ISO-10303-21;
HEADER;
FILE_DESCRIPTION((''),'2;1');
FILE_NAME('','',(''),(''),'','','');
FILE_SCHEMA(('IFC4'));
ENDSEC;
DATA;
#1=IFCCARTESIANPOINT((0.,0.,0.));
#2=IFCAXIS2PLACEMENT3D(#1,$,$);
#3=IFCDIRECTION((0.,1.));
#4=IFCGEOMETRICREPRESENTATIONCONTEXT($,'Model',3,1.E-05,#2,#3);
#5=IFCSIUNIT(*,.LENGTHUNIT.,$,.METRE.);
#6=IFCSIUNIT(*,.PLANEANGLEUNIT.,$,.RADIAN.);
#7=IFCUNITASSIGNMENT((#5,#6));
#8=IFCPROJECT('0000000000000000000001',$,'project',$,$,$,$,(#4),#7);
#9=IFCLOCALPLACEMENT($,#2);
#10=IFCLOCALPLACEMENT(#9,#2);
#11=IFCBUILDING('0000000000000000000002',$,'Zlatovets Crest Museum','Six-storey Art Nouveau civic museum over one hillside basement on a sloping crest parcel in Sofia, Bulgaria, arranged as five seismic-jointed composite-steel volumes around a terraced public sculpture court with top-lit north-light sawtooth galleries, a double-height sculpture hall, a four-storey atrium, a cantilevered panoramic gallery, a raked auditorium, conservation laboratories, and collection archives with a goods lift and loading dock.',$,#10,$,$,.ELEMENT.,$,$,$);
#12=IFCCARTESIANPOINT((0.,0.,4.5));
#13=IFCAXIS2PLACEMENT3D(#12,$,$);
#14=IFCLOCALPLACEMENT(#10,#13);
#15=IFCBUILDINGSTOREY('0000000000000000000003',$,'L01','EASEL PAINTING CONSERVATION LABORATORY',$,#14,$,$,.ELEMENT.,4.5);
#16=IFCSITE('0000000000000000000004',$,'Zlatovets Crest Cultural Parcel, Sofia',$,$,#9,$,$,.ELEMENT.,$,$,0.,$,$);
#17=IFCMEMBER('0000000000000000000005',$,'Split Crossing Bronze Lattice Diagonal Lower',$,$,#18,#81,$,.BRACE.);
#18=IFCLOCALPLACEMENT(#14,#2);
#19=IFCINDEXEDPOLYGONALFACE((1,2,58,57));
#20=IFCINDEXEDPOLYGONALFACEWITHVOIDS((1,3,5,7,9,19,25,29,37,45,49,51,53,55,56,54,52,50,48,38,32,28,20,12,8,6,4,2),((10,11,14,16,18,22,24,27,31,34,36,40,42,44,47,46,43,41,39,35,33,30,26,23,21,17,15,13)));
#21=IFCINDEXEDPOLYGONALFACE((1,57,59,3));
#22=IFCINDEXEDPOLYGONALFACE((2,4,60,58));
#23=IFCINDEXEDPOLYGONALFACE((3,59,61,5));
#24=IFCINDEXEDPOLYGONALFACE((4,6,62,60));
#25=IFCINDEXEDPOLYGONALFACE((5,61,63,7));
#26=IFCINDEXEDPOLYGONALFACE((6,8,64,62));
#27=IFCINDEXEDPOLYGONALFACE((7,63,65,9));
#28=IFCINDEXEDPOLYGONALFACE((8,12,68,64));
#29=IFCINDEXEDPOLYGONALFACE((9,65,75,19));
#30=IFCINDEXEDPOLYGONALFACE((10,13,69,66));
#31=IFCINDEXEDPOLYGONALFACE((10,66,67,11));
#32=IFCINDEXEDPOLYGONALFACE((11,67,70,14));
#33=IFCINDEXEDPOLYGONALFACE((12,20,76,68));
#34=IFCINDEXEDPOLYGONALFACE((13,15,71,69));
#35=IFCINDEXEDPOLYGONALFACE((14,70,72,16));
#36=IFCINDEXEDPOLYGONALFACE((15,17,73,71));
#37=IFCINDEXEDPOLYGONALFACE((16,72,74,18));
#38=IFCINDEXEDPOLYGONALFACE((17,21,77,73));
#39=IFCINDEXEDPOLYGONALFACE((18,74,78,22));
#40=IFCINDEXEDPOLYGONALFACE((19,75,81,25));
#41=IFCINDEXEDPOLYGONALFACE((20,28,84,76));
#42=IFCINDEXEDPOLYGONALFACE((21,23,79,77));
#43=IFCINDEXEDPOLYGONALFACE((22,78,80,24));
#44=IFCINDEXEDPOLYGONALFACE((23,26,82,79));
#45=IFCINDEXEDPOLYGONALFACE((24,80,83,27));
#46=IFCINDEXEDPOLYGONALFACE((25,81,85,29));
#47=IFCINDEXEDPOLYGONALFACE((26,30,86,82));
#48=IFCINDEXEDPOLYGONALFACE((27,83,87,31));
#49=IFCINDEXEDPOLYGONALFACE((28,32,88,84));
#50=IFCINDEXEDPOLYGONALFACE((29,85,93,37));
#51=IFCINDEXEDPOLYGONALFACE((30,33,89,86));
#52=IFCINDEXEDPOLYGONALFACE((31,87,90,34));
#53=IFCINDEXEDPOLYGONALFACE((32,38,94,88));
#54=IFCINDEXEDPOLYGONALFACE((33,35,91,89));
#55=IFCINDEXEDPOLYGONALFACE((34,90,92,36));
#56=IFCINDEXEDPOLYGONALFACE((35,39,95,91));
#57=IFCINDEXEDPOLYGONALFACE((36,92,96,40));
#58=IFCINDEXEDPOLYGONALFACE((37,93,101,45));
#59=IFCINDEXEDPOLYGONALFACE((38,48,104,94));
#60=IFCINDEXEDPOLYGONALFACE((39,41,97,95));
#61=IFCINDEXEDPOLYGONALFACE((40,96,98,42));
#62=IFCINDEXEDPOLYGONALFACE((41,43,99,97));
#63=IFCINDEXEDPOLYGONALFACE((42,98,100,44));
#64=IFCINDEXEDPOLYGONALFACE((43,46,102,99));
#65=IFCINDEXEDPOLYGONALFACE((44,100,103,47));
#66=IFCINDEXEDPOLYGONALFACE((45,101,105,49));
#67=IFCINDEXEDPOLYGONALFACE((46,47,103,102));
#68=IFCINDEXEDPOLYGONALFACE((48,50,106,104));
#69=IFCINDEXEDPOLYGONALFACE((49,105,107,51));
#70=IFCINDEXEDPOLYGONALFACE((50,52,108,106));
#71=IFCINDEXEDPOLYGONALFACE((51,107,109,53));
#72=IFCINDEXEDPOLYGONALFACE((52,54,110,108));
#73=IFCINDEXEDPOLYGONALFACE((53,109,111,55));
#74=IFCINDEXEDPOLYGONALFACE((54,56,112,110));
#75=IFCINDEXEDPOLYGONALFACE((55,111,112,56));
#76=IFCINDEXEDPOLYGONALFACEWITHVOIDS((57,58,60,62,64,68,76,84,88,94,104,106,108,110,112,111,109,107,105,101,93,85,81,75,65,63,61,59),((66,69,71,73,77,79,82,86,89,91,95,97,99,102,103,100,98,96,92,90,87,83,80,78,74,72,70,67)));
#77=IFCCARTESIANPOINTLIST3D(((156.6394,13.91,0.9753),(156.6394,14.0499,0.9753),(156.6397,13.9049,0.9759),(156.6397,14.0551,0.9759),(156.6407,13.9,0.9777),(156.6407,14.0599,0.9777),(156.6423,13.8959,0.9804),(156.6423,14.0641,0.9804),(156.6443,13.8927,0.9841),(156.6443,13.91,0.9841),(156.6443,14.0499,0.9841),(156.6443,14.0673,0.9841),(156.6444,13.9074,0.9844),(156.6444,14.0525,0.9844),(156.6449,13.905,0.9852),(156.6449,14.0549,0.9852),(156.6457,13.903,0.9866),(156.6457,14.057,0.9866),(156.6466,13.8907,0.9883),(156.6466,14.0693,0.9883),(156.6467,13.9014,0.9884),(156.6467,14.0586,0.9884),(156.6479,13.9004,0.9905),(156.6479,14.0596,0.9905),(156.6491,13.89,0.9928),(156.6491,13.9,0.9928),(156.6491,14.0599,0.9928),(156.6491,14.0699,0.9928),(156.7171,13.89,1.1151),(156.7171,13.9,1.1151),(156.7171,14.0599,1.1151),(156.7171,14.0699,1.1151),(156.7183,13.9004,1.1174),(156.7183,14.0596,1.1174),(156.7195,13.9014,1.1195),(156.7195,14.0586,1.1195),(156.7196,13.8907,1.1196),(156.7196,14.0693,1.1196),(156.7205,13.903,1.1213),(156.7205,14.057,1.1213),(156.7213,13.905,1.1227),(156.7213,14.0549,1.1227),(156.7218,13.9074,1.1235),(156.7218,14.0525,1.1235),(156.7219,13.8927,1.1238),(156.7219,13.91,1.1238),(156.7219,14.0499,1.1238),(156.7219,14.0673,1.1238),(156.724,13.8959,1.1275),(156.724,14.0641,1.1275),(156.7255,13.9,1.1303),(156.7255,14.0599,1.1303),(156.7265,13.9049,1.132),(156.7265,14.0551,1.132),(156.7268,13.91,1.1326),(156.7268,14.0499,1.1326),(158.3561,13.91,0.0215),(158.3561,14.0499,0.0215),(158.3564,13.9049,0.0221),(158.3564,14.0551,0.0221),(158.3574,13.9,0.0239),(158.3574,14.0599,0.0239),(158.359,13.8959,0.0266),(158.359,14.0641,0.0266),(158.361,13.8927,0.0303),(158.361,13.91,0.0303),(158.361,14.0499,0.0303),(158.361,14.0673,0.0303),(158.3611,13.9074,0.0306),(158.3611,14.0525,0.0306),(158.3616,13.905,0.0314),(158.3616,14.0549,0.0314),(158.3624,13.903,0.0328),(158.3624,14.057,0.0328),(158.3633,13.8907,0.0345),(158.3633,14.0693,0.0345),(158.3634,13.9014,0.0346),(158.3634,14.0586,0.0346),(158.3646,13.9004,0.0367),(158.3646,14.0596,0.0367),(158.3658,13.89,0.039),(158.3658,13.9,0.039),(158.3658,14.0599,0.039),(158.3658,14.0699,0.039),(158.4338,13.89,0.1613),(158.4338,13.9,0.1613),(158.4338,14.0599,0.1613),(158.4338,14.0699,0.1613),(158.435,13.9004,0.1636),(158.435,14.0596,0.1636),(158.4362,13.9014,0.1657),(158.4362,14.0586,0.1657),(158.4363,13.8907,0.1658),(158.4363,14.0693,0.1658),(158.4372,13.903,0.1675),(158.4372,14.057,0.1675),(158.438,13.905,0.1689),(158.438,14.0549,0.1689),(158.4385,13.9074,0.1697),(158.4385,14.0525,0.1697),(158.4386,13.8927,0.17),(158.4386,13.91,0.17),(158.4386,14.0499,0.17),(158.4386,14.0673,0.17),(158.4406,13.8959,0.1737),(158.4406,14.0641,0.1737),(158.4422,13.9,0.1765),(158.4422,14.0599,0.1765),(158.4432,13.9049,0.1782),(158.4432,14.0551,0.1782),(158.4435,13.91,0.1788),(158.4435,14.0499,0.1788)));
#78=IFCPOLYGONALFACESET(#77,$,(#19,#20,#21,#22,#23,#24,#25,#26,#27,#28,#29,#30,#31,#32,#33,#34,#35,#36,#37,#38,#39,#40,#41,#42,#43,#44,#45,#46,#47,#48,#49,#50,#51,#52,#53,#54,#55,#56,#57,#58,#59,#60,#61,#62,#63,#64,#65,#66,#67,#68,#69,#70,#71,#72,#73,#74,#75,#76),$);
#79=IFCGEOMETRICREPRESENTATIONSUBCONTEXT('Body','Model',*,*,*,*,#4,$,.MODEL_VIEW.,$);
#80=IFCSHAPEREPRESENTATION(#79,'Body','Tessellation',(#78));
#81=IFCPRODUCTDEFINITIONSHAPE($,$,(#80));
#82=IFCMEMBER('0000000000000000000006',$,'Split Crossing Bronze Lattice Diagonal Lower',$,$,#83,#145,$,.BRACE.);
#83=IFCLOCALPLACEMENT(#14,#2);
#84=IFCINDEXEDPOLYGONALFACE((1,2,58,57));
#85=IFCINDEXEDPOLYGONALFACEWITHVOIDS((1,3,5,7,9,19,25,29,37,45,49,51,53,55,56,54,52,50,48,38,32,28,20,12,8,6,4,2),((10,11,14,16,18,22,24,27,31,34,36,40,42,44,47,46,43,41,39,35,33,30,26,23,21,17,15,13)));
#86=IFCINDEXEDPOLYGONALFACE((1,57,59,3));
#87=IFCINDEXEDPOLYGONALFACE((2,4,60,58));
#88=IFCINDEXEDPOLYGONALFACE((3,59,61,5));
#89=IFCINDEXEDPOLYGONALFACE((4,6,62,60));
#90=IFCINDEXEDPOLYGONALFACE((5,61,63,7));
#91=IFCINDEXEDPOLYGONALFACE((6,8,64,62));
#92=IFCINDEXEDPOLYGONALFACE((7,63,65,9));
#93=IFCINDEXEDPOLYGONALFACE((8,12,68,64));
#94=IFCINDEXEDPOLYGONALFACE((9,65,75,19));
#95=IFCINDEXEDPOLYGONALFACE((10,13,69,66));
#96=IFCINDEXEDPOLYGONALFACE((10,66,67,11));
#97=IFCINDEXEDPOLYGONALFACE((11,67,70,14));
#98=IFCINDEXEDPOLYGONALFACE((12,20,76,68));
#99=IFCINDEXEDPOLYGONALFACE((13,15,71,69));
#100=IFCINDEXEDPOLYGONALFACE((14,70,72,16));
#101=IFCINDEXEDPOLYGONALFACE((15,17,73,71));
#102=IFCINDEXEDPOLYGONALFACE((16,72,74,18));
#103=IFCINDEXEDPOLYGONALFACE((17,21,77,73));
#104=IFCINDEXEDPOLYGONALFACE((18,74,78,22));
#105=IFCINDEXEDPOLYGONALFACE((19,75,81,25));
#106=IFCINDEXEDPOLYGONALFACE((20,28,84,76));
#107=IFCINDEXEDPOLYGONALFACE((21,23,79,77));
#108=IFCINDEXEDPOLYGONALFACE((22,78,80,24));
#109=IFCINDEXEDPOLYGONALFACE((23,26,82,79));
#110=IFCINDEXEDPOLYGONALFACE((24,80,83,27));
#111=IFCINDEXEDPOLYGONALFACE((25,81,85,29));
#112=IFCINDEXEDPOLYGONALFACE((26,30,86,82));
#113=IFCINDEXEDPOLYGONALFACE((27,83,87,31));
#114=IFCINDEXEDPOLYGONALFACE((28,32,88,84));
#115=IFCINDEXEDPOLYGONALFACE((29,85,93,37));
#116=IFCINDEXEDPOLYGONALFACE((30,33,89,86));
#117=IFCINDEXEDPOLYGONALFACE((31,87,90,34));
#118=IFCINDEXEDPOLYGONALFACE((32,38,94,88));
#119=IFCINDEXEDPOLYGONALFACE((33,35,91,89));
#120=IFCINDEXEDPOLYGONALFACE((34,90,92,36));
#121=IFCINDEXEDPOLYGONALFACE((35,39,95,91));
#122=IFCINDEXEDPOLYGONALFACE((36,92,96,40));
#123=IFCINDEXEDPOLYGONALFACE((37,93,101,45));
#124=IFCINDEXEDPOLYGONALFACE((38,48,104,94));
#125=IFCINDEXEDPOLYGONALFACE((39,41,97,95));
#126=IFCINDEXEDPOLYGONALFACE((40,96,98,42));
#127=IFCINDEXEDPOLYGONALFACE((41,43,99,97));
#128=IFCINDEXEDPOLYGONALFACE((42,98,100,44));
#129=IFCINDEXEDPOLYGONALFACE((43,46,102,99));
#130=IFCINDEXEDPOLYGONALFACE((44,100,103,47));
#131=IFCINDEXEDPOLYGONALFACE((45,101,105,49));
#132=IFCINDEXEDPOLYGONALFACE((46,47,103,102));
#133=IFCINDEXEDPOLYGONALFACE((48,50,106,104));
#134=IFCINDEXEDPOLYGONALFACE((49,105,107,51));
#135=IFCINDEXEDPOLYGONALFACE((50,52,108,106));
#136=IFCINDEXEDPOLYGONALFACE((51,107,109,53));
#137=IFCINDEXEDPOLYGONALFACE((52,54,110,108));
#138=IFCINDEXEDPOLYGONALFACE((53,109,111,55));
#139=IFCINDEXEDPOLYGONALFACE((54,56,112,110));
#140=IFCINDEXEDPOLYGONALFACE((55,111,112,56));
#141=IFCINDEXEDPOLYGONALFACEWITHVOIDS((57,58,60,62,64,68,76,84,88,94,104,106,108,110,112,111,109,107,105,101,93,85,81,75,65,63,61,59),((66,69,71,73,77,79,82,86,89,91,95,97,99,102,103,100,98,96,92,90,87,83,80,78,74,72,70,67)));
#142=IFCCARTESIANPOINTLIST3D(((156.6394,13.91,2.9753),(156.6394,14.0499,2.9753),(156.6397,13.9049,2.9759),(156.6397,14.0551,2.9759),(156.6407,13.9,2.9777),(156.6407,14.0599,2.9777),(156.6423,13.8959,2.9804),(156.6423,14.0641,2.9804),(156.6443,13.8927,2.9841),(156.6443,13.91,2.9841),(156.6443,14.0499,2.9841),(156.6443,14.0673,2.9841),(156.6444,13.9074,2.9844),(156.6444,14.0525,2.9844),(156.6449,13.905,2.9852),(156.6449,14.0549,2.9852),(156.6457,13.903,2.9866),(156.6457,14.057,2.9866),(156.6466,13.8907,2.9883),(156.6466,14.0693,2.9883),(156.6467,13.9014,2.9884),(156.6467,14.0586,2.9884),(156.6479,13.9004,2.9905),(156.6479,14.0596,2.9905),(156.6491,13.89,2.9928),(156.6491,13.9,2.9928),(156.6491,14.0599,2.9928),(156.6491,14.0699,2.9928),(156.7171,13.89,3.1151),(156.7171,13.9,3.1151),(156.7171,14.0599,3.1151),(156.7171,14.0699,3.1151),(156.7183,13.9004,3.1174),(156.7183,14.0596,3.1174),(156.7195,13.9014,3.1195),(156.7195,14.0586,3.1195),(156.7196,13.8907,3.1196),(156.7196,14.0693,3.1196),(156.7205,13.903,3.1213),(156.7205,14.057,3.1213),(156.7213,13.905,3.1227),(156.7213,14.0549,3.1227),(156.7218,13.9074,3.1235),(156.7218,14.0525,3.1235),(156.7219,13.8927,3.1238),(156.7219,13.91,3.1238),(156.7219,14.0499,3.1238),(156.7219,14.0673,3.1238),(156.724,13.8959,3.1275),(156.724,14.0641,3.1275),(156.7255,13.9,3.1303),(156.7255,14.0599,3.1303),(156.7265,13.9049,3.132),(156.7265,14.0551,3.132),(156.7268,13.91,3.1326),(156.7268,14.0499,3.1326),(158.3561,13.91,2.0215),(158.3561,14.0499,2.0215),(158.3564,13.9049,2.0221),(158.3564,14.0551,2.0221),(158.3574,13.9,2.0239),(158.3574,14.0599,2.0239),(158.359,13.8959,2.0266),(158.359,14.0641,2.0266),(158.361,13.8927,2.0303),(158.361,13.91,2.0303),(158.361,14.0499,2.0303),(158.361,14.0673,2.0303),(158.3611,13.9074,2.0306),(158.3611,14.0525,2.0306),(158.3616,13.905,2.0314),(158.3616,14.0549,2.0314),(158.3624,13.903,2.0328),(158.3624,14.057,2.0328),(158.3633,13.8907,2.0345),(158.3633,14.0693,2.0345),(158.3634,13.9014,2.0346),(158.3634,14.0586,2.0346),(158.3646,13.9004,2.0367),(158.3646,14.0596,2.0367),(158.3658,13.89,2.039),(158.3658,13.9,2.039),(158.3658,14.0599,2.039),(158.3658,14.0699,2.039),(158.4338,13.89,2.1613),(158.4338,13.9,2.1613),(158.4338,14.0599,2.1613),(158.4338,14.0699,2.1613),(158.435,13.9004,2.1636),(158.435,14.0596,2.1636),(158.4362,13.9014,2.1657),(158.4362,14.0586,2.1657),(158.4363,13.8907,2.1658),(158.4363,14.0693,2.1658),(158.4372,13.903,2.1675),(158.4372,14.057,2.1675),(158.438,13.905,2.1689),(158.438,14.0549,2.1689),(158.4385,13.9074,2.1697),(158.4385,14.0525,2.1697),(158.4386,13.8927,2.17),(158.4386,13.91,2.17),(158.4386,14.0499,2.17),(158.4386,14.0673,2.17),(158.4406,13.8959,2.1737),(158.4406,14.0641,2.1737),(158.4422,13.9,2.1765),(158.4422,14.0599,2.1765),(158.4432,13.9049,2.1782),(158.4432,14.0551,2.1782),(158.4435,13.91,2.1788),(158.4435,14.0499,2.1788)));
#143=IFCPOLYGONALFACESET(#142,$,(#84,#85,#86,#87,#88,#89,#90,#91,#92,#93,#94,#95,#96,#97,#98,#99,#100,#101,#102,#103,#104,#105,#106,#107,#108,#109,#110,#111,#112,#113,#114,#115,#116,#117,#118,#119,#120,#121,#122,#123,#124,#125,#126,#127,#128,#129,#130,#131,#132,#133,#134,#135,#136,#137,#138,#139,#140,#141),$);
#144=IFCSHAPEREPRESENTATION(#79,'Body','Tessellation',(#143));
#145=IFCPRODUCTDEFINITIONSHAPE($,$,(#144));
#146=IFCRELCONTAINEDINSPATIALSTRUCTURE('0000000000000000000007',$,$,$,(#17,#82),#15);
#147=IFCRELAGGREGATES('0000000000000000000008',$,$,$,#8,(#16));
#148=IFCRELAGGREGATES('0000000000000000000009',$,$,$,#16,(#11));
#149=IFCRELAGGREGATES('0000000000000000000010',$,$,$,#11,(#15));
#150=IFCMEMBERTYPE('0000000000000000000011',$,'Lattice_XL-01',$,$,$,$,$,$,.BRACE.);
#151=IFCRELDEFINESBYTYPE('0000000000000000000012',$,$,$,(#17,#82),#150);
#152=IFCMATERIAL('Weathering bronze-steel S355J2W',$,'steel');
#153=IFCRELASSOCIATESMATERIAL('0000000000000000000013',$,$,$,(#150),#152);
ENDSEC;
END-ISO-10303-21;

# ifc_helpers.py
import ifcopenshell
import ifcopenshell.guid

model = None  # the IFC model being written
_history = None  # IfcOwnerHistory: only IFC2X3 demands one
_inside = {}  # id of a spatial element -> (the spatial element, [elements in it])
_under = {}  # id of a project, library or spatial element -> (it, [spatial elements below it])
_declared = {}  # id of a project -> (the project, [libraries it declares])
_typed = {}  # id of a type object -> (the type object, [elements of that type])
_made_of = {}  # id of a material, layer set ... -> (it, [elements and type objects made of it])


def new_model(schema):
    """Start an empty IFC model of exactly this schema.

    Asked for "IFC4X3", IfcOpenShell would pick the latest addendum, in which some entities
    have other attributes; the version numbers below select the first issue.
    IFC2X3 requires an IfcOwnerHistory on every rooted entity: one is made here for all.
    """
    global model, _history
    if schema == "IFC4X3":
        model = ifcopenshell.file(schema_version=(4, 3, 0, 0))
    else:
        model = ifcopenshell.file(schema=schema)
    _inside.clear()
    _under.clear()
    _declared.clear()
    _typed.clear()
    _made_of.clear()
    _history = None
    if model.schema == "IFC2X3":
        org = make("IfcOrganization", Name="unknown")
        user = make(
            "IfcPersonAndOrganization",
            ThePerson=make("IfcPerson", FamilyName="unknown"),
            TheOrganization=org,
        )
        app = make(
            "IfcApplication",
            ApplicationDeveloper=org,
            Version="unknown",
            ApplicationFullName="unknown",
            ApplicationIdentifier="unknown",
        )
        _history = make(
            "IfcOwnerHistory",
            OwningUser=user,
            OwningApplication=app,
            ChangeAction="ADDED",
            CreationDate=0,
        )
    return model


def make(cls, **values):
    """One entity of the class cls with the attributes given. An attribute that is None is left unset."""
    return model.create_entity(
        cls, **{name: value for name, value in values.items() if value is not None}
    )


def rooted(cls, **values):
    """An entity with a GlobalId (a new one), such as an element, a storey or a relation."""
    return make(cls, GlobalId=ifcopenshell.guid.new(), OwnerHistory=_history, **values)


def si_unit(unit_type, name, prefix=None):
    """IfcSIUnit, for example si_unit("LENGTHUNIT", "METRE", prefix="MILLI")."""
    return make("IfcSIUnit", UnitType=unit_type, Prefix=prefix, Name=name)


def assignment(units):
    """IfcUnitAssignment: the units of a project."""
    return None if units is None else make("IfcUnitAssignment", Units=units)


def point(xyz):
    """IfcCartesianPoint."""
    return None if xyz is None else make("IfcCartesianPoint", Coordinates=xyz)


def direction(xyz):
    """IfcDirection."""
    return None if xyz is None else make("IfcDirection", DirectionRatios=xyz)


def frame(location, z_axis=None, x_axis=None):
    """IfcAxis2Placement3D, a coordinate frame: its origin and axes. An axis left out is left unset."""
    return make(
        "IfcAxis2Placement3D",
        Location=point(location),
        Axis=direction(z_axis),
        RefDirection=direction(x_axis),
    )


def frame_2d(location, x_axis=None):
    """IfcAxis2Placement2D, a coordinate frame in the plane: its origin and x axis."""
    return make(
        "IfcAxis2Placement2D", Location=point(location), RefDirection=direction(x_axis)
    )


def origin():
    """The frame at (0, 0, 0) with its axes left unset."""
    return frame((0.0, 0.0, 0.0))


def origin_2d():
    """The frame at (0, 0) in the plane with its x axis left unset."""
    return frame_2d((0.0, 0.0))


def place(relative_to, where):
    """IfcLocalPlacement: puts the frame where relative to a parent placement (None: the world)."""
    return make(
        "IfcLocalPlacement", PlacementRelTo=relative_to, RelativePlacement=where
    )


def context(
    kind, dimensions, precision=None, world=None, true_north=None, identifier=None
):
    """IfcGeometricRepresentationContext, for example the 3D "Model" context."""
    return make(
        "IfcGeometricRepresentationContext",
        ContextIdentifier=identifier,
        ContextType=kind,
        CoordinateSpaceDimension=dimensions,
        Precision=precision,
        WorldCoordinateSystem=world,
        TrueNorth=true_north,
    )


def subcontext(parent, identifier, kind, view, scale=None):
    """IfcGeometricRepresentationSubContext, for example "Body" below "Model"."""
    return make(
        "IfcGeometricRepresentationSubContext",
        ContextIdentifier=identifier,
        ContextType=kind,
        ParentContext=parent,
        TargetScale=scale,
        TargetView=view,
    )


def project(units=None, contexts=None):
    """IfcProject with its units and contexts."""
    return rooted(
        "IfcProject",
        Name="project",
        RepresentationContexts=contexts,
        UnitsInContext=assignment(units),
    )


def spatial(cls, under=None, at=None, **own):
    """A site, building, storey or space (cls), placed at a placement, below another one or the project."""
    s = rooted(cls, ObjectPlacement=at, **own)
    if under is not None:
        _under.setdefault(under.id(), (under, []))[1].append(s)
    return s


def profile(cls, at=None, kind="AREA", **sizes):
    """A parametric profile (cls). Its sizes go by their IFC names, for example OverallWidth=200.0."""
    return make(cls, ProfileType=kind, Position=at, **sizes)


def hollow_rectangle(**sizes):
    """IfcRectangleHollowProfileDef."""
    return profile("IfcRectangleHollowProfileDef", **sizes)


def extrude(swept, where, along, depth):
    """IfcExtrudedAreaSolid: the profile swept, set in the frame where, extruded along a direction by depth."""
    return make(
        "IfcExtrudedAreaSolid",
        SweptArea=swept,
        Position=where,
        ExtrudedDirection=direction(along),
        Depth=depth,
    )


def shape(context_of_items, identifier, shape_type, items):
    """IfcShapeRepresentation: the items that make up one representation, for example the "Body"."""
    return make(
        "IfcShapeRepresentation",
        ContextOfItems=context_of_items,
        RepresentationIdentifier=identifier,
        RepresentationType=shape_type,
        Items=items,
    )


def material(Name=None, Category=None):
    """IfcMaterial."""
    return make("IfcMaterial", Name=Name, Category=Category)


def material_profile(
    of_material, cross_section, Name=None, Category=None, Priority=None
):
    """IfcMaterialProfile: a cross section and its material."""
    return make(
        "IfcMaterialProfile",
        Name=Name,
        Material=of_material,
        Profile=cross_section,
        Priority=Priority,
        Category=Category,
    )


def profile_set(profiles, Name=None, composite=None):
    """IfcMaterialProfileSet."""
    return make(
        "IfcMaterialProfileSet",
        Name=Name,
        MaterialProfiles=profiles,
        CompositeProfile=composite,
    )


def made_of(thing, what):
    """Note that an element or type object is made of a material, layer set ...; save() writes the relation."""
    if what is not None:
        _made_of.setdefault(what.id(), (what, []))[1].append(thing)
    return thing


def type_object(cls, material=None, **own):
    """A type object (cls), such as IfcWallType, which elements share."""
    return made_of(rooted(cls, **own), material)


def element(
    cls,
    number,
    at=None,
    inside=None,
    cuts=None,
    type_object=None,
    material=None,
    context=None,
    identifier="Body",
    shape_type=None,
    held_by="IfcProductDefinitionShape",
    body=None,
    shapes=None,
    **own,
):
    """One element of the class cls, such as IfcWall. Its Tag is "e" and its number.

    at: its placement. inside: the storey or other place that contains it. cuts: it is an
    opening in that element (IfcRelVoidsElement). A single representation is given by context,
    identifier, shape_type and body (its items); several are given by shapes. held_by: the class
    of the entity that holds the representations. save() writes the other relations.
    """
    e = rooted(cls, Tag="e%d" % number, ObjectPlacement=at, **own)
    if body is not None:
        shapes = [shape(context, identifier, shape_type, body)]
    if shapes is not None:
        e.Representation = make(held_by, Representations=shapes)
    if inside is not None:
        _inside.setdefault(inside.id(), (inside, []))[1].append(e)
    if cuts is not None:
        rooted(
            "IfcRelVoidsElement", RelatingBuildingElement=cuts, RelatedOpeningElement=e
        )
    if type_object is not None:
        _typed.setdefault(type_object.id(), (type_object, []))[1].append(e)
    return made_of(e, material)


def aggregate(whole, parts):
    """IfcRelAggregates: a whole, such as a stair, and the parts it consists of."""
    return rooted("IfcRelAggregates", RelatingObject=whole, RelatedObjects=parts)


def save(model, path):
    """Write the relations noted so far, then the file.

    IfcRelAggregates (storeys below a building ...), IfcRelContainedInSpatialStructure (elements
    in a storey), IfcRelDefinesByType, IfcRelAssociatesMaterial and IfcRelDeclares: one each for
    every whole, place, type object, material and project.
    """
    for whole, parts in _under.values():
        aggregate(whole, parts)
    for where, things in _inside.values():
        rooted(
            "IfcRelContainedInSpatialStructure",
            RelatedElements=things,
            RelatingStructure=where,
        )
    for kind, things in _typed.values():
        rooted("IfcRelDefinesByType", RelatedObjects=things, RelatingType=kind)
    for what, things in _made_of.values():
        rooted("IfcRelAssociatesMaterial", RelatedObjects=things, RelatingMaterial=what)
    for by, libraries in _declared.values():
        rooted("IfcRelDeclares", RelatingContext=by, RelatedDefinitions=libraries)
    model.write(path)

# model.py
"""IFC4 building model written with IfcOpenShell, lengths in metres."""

from ifc_helpers import new_model, si_unit, direction, frame, origin, origin_2d, place, context, subcontext, project, spatial, hollow_rectangle, extrude, material, material_profile, profile_set, type_object, element, save


model = new_model("IFC4")

# Units and contexts
model_context = context("Model", 3, precision=1e-05, world=origin(), true_north=direction((0.0, 1.0)))
body_context = subcontext(model_context, "Body", "Model", "MODEL_VIEW")
ifc_project = project(units=[si_unit("LENGTHUNIT", "METRE"), si_unit("PLANEANGLEUNIT", "RADIAN")], contexts=[model_context])

# Site, building, storey
site_placement = place(None, origin())
site = spatial("IfcSite", under=ifc_project, at=site_placement, Name="Zlatovets Crest Cultural Parcel, Sofia", CompositionType="ELEMENT", RefElevation=0.0)
building_placement = place(site_placement, origin())
building = spatial("IfcBuilding", under=site, at=building_placement, Name="Zlatovets Crest Museum", Description="Six-storey Art Nouveau civic museum over one hillside basement on a sloping crest parcel in Sofia, Bulgaria, arranged as five seismic-jointed composite-steel volumes around a terraced public sculpture court with top-lit north-light sawtooth galleries, a double-height sculpture hall, a four-storey atrium, a cantilevered panoramic gallery, a raked auditorium, conservation laboratories, and collection archives with a goods lift and loading dock.", CompositionType="ELEMENT")
storey_placement = place(building_placement, frame((0.0, 0.0, 4.5)))
storey = spatial("IfcBuildingStorey", under=building, at=storey_placement, Name="L01", Description="EASEL PAINTING CONSERVATION LABORATORY", CompositionType="ELEMENT", Elevation=4.5)

# Members
ifc_material_1 = material(Name="Weathering bronze-steel S355J2W", Category="steel")
ifc_material_profile_1 = material_profile(ifc_material_1, hollow_rectangle(XDim=0.1799, YDim=0.1799, WallThickness=0.01, InnerFilletRadius=0.01, OuterFilletRadius=0.02, at=origin_2d()), Name="SHS 180x180x10.0")
ifc_profile_set_1 = profile_set([ifc_material_profile_1], Name="Weathering bronze-steel S355J2W")
member_type_1 = type_object("IfcMemberType", Name="Lattice_XL-01", PredefinedType="BRACE", material=ifc_profile_set_1)
for number, where, z_axis, x_axis, name in (
    (1, (156.6831, 13.98, 1.054), (0.87414, 0.0, -0.485675), (0.0, 1.0, 0.0), "Split Crossing Bronze Lattice Diagonal Lower"),
    (2, (156.6831, 13.98, 3.054), (0.87414, 0.0, -0.485675), (0.0, 1.0, 0.0), "Split Crossing Bronze Lattice Diagonal Lower"),
):
    element("IfcMember", number, at=place(storey_placement, frame(where, z_axis=z_axis, x_axis=x_axis)), inside=storey, type_object=member_type_1, Name=name, PredefinedType="BRACE", context=body_context, shape_type="SweptSolid", body=[
        extrude(hollow_rectangle(XDim=0.1799, YDim=0.1799, WallThickness=0.01, InnerFilletRadius=0.01, OuterFilletRadius=0.02, at=origin_2d()), origin(), (0.0, 0.0, 1.0), 1.9639),
    ])

save(model, "model.ifc")
